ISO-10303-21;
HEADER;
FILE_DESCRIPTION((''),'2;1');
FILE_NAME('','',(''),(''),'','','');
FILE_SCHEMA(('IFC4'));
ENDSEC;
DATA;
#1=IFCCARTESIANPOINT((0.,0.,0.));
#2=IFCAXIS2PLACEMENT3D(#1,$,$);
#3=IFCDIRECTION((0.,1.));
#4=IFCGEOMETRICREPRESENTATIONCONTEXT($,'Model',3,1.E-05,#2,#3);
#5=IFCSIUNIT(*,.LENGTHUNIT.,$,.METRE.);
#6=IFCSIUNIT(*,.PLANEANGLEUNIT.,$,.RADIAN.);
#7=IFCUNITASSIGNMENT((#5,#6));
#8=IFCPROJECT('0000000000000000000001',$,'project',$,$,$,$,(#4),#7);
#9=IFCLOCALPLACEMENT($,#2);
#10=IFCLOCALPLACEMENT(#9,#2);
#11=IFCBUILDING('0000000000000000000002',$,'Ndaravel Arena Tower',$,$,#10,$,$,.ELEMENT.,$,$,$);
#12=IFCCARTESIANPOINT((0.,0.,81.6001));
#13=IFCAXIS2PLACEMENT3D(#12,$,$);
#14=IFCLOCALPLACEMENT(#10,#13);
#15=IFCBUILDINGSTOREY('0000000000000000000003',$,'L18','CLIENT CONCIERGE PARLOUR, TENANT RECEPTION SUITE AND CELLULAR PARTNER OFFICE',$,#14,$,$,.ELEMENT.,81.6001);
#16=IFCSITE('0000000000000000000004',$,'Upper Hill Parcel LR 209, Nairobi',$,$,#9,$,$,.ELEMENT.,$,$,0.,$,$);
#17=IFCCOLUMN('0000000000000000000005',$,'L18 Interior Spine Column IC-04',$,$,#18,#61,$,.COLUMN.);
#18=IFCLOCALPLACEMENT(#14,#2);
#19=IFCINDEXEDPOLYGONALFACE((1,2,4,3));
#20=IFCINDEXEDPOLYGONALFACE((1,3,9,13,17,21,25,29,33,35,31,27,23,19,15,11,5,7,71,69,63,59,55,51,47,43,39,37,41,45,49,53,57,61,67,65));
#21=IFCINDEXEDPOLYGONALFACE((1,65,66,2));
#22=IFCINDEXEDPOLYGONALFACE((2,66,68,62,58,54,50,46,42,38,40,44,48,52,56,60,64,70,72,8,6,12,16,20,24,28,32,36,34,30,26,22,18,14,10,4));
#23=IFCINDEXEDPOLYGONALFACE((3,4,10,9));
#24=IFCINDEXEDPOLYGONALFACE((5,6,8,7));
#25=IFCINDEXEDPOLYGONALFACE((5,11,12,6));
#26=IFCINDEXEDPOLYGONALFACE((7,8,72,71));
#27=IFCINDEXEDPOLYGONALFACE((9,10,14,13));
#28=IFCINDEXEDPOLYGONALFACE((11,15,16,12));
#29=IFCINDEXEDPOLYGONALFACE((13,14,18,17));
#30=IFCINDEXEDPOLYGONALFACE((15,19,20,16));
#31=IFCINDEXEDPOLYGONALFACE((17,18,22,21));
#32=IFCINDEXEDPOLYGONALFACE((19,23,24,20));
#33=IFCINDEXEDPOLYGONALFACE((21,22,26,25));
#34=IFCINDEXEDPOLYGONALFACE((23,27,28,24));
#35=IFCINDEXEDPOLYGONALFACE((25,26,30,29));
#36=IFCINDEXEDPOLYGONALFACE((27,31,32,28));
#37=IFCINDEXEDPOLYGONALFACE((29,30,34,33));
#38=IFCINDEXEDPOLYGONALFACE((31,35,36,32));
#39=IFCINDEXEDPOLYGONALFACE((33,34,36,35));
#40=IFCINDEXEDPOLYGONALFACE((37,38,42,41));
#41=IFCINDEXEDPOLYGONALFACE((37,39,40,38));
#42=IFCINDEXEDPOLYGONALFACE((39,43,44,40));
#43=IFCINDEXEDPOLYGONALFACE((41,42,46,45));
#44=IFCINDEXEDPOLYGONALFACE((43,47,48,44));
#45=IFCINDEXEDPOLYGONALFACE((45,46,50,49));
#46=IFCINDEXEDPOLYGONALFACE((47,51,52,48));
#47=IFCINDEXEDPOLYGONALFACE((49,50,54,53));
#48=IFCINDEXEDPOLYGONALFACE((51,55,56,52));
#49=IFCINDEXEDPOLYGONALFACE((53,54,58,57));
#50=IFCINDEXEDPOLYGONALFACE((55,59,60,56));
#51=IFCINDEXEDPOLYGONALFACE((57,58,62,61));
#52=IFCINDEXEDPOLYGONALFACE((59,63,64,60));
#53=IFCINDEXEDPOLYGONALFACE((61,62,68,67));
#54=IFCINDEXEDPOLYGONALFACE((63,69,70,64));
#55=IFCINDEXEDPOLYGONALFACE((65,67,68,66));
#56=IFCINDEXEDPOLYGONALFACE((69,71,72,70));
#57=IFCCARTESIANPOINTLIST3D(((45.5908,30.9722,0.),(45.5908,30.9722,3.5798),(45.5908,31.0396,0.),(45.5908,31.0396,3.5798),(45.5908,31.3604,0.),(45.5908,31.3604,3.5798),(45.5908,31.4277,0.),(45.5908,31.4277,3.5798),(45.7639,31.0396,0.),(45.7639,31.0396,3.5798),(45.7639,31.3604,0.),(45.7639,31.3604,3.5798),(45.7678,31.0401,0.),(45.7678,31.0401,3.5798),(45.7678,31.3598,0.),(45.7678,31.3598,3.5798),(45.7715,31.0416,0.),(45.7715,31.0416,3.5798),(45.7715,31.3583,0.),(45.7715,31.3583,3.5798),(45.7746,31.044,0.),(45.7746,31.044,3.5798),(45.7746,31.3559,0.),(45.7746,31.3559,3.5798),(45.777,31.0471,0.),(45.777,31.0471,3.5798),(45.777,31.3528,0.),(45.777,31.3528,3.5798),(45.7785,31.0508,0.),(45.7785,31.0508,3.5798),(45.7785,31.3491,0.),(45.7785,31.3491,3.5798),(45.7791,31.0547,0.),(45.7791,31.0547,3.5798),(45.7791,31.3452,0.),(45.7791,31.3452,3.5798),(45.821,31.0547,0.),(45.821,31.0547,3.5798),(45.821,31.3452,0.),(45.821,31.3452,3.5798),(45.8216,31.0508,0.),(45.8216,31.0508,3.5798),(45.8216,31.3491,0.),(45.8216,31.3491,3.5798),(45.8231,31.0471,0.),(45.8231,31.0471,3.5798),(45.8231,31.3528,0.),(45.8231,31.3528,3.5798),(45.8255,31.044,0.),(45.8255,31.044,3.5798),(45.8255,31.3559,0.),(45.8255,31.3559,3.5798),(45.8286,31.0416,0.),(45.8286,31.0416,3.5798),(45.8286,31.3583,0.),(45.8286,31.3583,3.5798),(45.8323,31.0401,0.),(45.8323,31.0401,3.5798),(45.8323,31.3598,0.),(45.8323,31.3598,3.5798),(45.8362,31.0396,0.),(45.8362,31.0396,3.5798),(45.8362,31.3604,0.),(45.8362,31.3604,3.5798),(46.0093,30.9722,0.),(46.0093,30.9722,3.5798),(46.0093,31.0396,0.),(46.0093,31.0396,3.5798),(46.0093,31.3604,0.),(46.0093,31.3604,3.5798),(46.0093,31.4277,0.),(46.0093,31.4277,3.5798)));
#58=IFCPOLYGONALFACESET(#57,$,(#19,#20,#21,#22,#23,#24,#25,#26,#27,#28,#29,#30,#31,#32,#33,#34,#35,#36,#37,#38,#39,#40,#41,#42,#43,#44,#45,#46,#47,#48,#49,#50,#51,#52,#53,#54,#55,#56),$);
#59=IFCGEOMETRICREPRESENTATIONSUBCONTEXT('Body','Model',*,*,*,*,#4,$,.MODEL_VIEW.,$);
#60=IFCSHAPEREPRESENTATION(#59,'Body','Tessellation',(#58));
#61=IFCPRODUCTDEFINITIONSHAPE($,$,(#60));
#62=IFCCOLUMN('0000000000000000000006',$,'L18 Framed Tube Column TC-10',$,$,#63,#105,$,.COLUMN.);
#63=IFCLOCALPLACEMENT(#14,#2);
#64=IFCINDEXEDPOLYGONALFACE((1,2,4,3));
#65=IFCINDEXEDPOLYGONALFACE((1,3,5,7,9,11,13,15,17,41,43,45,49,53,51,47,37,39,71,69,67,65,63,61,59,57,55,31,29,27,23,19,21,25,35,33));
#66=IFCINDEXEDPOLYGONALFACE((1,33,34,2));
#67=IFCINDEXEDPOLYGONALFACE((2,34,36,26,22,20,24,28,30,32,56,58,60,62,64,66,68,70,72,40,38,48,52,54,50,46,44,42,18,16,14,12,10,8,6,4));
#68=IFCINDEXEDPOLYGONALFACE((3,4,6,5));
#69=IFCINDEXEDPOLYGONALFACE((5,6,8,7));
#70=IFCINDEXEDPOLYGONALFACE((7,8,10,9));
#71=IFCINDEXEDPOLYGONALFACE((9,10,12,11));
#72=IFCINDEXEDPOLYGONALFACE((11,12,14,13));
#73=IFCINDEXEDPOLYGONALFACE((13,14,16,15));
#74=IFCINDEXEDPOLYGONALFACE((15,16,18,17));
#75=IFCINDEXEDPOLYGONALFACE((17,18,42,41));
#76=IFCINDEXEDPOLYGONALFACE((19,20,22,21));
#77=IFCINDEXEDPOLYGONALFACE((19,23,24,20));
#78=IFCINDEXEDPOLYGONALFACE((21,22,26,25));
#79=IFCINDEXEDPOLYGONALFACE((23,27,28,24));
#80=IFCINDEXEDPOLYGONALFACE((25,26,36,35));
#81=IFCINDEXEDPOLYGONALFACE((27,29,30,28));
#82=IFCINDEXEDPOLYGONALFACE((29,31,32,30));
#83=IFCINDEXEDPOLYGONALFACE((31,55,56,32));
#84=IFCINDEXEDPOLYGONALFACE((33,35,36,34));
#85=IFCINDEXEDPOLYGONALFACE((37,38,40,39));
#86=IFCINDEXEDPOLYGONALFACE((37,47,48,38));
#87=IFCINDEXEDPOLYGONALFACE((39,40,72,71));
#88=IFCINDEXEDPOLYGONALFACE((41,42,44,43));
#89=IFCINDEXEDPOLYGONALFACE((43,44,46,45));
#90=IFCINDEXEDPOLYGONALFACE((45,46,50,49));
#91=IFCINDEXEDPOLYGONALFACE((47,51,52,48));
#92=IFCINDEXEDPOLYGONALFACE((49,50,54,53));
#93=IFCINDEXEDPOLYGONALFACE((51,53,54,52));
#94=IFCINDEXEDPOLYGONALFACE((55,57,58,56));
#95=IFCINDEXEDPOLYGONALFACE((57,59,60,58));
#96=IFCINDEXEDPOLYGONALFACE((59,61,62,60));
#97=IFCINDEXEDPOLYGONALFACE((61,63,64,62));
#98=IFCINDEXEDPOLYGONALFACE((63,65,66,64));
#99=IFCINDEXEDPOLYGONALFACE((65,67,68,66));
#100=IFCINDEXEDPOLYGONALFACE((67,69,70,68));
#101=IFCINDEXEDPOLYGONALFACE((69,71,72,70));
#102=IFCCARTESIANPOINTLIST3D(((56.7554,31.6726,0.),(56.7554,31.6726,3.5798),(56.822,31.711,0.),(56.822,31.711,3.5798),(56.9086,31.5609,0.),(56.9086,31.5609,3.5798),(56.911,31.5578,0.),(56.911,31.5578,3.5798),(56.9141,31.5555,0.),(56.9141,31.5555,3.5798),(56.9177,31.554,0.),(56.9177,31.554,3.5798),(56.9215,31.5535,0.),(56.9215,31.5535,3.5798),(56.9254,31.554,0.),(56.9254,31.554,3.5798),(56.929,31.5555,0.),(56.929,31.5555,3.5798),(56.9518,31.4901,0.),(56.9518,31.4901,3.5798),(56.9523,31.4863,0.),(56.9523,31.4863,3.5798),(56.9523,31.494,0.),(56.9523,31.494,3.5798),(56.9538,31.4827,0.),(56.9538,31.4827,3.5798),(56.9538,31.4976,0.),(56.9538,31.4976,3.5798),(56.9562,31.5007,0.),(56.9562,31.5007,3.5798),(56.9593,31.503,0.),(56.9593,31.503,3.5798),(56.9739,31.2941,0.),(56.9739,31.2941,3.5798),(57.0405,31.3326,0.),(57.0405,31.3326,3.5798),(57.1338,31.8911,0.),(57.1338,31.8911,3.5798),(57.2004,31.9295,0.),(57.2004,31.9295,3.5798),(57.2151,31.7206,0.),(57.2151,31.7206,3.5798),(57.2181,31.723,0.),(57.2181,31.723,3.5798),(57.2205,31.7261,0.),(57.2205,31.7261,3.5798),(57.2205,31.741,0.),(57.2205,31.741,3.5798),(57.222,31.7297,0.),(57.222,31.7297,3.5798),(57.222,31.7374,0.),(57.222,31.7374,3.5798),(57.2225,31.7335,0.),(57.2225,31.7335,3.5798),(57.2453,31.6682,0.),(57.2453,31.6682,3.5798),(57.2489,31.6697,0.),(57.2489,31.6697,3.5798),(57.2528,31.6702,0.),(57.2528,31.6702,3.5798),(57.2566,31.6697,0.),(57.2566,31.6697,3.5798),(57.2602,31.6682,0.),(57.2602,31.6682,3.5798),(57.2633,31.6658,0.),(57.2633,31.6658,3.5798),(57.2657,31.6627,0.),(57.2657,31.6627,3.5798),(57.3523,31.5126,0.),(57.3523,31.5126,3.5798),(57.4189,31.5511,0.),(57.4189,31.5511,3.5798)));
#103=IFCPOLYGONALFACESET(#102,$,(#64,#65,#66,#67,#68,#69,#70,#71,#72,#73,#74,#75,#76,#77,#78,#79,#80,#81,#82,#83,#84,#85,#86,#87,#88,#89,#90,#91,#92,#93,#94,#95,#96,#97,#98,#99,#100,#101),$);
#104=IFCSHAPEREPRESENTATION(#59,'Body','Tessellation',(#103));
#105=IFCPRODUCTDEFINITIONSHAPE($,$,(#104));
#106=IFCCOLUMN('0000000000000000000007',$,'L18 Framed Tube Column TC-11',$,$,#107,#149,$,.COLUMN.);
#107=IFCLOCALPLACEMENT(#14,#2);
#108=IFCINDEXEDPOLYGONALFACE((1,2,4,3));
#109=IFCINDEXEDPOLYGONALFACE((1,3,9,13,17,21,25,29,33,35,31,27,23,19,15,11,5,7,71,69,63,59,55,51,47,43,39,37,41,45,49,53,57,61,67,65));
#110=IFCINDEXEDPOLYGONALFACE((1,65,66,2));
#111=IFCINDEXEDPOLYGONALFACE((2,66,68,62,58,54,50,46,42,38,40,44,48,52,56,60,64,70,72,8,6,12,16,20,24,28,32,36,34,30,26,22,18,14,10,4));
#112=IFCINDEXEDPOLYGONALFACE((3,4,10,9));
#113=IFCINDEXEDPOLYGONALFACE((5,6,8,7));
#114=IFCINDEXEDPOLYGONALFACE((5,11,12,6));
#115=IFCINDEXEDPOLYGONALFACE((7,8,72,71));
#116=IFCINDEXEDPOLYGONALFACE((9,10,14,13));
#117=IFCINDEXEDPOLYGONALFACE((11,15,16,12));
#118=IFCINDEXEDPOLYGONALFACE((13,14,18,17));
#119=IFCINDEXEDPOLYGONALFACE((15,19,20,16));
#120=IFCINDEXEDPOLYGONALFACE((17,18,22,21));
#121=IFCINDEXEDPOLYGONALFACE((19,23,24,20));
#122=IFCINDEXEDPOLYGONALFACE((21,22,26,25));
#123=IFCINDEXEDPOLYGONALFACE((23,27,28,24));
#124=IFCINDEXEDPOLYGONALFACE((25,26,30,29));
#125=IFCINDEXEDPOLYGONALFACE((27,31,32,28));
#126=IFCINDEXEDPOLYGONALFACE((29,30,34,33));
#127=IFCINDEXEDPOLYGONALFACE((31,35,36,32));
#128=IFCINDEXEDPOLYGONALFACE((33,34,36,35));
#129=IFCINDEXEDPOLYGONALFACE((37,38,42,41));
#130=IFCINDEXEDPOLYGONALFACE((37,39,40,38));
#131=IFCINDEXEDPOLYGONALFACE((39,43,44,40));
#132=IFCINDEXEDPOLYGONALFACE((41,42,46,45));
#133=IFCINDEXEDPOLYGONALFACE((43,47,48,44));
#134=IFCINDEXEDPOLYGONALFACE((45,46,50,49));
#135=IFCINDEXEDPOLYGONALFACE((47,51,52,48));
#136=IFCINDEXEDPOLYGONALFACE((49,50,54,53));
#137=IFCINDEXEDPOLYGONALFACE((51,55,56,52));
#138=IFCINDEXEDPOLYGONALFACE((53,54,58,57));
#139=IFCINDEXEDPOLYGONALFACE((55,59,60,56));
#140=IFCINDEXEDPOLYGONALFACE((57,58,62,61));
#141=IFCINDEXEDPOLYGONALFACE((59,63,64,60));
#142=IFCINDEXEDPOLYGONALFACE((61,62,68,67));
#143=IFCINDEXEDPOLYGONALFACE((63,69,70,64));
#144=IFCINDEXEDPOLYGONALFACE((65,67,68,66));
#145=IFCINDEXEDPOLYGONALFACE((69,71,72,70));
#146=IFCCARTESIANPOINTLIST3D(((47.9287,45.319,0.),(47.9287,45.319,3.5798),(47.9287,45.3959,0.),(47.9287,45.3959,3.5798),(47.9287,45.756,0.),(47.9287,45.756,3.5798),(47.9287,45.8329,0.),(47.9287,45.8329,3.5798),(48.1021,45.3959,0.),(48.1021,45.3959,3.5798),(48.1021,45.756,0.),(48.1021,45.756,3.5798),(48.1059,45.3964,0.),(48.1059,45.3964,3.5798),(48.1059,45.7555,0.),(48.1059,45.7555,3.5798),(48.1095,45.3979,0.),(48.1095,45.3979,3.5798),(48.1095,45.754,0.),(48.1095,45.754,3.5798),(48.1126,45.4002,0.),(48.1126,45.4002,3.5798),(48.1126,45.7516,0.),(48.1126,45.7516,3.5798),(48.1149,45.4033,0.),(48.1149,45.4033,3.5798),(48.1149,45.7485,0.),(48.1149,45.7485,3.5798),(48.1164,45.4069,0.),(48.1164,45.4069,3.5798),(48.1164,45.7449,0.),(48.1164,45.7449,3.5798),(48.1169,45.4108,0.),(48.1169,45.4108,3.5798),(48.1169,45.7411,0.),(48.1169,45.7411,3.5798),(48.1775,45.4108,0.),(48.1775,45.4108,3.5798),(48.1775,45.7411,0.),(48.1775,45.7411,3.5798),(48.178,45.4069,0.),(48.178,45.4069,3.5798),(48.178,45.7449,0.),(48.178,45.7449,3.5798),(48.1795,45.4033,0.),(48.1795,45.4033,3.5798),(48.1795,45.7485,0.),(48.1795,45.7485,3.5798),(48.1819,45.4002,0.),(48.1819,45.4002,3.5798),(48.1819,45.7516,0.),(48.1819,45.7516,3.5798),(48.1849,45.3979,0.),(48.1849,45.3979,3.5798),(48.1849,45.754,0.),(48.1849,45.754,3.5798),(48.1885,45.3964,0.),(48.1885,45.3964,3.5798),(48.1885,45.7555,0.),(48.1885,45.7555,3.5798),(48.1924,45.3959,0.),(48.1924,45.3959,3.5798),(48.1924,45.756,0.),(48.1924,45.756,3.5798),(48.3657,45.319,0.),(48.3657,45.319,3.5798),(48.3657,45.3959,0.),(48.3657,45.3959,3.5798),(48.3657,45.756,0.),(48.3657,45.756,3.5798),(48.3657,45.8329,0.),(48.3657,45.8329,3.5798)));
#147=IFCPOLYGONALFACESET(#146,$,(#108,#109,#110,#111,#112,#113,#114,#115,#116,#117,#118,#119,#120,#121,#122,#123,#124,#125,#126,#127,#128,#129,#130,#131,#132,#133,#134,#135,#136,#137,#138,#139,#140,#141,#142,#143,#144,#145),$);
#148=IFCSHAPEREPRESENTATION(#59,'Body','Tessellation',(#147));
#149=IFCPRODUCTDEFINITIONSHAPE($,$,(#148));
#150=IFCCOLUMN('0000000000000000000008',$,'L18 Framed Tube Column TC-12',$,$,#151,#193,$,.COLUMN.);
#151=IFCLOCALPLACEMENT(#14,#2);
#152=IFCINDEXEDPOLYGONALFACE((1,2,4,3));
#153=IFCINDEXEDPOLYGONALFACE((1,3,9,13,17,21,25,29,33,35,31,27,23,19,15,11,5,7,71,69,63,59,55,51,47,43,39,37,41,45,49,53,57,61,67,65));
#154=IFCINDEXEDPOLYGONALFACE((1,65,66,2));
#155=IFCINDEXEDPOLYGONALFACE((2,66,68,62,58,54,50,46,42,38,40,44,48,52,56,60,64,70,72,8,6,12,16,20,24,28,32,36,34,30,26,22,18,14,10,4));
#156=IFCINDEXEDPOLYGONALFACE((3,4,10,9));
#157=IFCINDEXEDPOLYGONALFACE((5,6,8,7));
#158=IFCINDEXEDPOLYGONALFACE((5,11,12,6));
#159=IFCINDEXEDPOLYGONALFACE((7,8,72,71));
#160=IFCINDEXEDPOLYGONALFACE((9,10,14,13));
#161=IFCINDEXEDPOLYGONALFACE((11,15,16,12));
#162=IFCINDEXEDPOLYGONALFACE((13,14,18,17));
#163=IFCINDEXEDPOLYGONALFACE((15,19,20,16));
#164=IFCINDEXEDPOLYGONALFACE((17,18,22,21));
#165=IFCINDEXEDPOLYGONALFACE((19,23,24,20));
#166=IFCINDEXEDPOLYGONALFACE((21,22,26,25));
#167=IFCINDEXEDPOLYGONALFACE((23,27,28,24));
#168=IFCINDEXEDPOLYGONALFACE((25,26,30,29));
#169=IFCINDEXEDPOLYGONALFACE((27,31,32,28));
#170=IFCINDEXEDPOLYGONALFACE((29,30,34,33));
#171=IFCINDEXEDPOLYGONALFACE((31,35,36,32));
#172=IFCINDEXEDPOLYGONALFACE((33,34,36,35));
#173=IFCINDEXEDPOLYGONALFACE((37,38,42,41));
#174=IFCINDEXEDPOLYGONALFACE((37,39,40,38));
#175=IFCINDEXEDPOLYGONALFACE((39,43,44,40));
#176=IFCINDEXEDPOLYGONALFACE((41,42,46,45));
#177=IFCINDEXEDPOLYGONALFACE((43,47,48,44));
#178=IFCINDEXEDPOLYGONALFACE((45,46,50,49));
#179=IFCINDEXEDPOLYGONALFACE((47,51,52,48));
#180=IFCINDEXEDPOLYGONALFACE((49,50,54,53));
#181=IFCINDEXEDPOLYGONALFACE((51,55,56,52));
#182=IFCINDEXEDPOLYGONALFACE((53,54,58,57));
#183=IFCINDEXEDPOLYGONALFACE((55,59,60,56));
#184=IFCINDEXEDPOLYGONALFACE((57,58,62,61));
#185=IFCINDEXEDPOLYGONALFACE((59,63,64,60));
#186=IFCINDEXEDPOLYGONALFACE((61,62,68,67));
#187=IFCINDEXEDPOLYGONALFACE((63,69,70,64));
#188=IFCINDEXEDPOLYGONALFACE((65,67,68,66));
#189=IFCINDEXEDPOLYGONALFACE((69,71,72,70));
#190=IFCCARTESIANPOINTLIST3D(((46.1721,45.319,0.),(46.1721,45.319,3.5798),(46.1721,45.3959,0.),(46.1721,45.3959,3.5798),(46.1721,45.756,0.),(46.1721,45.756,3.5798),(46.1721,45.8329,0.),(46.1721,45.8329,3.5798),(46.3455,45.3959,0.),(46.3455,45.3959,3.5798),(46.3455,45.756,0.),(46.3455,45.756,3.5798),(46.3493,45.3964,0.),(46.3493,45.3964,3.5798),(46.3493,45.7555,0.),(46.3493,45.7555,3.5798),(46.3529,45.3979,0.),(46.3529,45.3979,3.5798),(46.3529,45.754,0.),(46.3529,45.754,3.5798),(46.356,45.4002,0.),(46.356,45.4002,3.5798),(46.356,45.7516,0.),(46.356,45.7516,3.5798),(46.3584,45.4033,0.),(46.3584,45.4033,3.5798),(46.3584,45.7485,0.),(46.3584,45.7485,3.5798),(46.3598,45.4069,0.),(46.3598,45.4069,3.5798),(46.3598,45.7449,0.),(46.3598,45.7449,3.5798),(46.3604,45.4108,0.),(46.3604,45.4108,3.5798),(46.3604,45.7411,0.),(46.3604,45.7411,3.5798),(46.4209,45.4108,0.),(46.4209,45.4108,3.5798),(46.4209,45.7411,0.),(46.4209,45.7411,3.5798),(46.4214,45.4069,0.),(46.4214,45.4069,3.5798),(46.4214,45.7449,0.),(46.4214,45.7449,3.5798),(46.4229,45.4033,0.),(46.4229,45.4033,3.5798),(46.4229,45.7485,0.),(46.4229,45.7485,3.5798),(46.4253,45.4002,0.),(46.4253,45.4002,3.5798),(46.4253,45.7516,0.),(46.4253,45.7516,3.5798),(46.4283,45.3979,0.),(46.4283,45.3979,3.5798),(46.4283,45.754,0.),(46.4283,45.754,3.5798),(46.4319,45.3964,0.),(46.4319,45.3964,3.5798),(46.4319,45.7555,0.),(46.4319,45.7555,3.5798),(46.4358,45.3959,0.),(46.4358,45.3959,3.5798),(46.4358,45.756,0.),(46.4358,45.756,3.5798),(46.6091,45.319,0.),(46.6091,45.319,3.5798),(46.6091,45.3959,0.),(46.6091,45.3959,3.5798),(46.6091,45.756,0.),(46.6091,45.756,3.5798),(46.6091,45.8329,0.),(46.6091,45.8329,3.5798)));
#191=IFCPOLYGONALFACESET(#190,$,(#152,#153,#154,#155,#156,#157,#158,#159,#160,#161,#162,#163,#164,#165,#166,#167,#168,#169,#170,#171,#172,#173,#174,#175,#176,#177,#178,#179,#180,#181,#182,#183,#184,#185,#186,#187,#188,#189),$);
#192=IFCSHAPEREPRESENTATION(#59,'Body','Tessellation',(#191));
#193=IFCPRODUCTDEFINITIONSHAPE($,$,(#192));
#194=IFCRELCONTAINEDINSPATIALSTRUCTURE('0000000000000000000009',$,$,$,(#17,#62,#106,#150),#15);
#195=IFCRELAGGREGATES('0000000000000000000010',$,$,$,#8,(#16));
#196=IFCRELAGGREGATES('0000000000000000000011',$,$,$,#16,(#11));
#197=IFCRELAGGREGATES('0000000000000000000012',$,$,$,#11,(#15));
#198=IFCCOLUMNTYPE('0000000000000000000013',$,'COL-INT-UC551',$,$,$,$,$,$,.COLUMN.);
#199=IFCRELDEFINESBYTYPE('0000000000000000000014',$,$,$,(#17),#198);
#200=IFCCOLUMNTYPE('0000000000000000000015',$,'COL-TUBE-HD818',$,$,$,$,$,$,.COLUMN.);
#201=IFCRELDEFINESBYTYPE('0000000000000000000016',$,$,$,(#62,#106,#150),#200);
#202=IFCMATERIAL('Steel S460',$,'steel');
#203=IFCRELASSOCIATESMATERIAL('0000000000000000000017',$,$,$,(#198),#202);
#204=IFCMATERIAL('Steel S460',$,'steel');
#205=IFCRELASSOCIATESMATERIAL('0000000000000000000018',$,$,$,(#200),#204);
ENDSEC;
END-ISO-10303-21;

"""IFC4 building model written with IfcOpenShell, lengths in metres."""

from ifc_helpers import new_model, si_unit, direction, frame, origin, origin_2d, place, context, subcontext, project, spatial, i_section, extrude, material, material_profile, profile_set, type_object, element, save


model = new_model("IFC4")

# Units and contexts
model_context = context("Model", 3, precision=1e-05, world=origin(), true_north=direction((0.0, 1.0)))
body_context = subcontext(model_context, "Body", "Model", "MODEL_VIEW")
ifc_project = project(units=[si_unit("LENGTHUNIT", "METRE"), si_unit("PLANEANGLEUNIT", "RADIAN")], contexts=[model_context])

# Site, building, storey
site_placement = place(None, origin())
site = spatial("IfcSite", under=ifc_project, at=site_placement, Name="Upper Hill Parcel LR 209, Nairobi", CompositionType="ELEMENT", RefElevation=0.0)
building_placement = place(site_placement, origin())
building = spatial("IfcBuilding", under=site, at=building_placement, Name="Ndaravel Arena Tower", CompositionType="ELEMENT")
storey_placement = place(building_placement, frame((0.0, 0.0, 81.6001)))
storey = spatial("IfcBuildingStorey", under=building, at=storey_placement, Name="L18", Description="CLIENT CONCIERGE PARLOUR, TENANT RECEPTION SUITE AND CELLULAR PARTNER OFFICE", CompositionType="ELEMENT", Elevation=81.6001)

# Columns
ifc_material_1 = material(Name="Steel S460", Category="steel")
ifc_material_profile_1 = material_profile(ifc_material_1, i_section(OverallWidth=0.4185, OverallDepth=0.4556, WebThickness=0.042, FlangeThickness=0.0674, FilletRadius=0.0151, at=origin_2d()), Name="UC 356x406x551")
ifc_profile_set_1 = profile_set([ifc_material_profile_1], Name="Steel S460")
column_type_1 = type_object("IfcColumnType", Name="COL-INT-UC551", PredefinedType="COLUMN", material=ifc_profile_set_1)
column_placement = place(storey_placement, frame((45.8, 31.2, 0.0), z_axis=(0.0, 0.0, 1.0), x_axis=(1.0, 0.0, 0.0)))
element("IfcColumn", 1, at=column_placement, inside=storey, type_object=column_type_1, Name="L18 Interior Spine Column IC-04", PredefinedType="COLUMN", context=body_context, shape_type="SweptSolid", body=[
    extrude(i_section(OverallWidth=0.4185, OverallDepth=0.4556, WebThickness=0.042, FlangeThickness=0.0674, FilletRadius=0.0151, at=origin_2d()), origin(), (0.0, 0.0, 1.0), 3.5798),
])
ifc_material_2 = material(Name="Steel S460", Category="steel")
ifc_material_profile_2 = material_profile(ifc_material_2, i_section(OverallWidth=0.437, OverallDepth=0.5139, WebThickness=0.0605, FlangeThickness=0.0769, FilletRadius=0.0149, at=origin_2d()), Name="HD 400x818")
ifc_profile_set_2 = profile_set([ifc_material_profile_2], Name="Steel S460")
column_type_2 = type_object("IfcColumnType", Name="COL-TUBE-HD818", PredefinedType="COLUMN", material=ifc_profile_set_2)
for number, where, z_axis, x_axis, name in (
    (2, (57.0872, 31.6118, 0.0), (0.0, 0.0, 1.0), (-0.5, 0.866025, 0.0), "L18 Framed Tube Column TC-10"),
    (3, (48.1472, 45.5759, 0.0), (0.0, 0.0, 1.0), (1.0, 0.0, 0.0), "L18 Framed Tube Column TC-11"),
    (4, (46.3906, 45.5759, 0.0), (0.0, 0.0, 1.0), (1.0, 0.0, 0.0), "L18 Framed Tube Column TC-12"),
):
    element("IfcColumn", number, at=place(storey_placement, frame(where, z_axis=z_axis, x_axis=x_axis)), inside=storey, type_object=column_type_2, Name=name, PredefinedType="COLUMN", context=body_context, shape_type="SweptSolid", body=[
        extrude(i_section(OverallWidth=0.437, OverallDepth=0.5139, WebThickness=0.0605, FlangeThickness=0.0769, FilletRadius=0.0149, at=origin_2d()), origin(), (0.0, 0.0, 1.0), 3.5798),
    ])

save(model, "model.ifc")
